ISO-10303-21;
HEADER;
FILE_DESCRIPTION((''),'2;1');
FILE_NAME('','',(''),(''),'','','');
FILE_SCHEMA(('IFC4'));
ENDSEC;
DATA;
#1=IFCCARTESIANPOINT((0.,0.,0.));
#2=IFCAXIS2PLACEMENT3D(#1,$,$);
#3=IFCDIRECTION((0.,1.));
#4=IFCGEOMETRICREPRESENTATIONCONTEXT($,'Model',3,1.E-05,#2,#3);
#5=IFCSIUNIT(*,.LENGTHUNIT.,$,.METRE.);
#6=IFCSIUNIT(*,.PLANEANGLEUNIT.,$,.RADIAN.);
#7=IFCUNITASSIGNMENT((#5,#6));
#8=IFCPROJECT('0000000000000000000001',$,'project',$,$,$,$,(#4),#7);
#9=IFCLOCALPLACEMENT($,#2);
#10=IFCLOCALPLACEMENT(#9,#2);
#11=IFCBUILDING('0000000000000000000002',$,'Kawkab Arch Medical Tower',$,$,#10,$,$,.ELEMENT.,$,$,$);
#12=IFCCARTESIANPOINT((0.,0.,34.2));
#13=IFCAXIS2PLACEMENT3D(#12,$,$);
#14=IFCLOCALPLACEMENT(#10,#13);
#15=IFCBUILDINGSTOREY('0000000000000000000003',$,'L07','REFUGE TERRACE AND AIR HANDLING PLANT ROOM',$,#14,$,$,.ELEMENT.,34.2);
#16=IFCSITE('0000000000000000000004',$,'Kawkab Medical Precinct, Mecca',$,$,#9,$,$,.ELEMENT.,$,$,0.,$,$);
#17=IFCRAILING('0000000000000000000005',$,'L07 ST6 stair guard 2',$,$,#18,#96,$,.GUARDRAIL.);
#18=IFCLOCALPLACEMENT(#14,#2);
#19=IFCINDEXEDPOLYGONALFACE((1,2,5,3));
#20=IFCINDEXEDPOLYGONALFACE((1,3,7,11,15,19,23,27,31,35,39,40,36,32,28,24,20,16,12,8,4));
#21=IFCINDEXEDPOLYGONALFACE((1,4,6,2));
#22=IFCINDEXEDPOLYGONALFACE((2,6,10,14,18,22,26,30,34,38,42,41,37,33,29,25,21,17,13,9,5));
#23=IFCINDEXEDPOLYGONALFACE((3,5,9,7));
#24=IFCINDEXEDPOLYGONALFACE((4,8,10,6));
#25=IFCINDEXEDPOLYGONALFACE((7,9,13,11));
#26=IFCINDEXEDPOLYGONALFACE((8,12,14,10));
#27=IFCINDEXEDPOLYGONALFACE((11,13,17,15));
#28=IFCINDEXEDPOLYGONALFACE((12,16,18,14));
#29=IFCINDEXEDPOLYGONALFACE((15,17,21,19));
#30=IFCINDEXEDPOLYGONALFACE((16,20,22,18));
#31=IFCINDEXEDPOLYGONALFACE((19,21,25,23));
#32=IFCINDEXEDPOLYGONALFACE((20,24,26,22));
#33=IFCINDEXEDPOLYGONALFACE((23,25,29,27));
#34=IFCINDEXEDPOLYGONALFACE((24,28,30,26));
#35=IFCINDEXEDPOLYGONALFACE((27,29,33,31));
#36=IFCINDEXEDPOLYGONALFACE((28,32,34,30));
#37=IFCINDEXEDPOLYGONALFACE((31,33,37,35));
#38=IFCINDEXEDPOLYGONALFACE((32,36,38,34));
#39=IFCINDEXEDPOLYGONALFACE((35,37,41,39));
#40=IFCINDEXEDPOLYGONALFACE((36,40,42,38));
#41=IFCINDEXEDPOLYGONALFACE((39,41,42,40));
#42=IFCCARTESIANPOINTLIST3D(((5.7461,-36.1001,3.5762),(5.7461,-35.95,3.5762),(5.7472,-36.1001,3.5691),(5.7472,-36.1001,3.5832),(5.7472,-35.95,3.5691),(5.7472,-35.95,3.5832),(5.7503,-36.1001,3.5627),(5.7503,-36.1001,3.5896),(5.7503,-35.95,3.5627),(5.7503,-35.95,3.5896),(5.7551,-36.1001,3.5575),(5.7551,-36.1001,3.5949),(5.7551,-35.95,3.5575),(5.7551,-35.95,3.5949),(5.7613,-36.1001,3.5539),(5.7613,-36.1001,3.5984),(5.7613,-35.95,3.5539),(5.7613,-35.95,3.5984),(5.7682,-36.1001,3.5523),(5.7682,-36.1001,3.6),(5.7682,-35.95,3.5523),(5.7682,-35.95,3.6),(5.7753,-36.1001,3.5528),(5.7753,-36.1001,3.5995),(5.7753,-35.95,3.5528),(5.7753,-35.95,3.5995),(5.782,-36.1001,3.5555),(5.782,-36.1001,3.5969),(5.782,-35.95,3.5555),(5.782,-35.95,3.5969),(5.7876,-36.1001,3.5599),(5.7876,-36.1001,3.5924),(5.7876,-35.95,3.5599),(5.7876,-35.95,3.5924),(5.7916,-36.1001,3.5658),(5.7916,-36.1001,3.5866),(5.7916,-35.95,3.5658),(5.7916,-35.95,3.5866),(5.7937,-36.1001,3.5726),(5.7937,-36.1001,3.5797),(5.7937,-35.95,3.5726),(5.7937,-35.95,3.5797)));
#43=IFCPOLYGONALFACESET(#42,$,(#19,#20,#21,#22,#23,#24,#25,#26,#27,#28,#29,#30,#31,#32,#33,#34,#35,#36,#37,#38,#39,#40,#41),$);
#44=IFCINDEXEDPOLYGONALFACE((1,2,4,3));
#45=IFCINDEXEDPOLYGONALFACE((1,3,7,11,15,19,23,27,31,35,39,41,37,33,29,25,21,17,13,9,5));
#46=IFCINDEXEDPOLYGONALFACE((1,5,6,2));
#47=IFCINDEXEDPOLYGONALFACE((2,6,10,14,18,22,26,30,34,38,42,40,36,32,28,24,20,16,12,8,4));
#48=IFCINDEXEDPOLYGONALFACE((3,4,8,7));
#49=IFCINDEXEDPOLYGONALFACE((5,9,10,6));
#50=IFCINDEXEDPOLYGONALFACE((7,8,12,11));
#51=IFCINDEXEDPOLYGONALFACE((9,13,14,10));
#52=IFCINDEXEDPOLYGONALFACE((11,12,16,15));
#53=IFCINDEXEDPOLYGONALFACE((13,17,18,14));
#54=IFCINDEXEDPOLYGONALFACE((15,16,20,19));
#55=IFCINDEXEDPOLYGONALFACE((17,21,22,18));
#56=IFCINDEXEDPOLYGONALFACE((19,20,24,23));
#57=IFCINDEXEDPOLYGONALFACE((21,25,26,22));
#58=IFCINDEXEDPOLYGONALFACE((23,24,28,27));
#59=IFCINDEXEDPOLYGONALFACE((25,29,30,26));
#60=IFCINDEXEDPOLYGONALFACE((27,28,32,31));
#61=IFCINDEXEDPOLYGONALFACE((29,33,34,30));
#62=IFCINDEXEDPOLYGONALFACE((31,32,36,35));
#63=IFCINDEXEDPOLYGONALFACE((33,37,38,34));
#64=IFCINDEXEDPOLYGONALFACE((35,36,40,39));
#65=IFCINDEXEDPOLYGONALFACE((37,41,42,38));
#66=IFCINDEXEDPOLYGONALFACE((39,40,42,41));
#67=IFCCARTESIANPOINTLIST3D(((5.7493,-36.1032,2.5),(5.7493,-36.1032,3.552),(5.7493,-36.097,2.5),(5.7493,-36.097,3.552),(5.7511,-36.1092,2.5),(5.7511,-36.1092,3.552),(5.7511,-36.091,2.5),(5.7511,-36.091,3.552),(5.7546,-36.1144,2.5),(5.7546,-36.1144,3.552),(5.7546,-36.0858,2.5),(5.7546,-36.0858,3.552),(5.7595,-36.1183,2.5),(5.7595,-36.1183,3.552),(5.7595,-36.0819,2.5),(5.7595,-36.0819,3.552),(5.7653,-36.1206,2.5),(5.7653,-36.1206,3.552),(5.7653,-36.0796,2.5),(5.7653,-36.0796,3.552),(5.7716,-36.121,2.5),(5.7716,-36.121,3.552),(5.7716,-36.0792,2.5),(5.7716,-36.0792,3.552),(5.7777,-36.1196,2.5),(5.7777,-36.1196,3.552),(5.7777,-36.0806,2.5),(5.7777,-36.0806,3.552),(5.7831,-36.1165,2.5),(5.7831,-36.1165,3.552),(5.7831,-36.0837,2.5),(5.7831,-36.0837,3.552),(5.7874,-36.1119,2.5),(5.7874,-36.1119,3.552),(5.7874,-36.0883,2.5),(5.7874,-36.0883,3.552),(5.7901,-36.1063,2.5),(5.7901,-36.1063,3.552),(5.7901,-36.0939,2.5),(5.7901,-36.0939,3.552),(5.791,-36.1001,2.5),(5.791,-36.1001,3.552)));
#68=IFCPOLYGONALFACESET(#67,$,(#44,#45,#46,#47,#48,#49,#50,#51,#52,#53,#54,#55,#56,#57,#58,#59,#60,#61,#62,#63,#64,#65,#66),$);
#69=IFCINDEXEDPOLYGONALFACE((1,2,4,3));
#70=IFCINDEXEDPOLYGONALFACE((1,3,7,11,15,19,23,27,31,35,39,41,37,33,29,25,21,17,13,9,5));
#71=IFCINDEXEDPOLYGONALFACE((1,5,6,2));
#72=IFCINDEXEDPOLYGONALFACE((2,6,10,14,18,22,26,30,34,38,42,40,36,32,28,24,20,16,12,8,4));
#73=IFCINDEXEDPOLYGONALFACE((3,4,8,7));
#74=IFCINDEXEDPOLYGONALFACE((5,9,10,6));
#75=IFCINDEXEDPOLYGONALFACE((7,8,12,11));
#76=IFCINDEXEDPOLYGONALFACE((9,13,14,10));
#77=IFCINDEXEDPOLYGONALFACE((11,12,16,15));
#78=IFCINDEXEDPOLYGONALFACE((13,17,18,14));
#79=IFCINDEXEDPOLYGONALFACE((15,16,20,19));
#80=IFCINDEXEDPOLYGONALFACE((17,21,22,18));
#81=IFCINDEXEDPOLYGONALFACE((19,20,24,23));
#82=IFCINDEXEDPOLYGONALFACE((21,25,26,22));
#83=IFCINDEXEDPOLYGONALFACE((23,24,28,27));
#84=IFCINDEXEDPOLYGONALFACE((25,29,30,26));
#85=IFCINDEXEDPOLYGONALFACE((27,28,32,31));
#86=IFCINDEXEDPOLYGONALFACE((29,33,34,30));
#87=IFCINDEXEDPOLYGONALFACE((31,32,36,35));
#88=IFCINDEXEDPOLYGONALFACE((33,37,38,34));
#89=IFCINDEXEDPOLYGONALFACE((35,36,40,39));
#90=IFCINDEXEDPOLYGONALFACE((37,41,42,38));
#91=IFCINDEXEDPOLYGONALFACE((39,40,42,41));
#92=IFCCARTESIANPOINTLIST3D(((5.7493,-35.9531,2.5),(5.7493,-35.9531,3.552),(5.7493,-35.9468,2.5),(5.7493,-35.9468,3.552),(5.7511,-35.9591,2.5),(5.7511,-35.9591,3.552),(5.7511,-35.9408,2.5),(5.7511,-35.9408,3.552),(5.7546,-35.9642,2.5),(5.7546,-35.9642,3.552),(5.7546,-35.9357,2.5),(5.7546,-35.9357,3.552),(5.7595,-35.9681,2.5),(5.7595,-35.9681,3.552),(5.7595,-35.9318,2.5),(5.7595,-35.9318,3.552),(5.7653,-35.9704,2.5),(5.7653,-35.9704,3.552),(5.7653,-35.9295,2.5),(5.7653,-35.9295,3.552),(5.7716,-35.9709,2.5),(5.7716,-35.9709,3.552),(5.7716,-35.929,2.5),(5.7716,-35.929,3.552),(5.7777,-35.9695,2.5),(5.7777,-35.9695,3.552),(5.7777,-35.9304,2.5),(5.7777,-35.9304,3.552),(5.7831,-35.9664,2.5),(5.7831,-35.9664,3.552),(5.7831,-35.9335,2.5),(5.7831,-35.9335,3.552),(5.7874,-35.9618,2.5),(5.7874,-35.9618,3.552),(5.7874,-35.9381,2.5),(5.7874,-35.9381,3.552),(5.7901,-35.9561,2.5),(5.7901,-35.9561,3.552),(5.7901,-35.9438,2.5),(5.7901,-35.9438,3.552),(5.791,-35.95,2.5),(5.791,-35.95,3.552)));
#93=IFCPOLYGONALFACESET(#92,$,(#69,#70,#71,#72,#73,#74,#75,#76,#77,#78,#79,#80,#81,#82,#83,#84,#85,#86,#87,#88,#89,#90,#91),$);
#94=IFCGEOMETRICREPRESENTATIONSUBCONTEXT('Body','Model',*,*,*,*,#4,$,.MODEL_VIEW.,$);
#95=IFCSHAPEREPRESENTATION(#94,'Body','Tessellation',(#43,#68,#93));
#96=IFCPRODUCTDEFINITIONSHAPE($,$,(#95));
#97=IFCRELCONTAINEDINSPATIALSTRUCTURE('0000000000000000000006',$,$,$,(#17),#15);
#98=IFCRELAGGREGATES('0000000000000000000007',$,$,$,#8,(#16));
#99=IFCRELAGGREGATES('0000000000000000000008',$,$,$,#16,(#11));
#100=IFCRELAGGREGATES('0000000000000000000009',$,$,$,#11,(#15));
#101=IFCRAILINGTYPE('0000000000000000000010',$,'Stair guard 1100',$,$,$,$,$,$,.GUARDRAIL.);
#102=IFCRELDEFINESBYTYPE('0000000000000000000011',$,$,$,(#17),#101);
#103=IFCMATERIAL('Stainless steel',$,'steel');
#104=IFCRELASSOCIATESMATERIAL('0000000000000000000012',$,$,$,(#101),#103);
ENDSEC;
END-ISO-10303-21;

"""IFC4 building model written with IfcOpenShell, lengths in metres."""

from ifc_helpers import new_model, si_unit, direction, frame, origin, origin_2d, place, context, subcontext, project, spatial, circle, extrude, material, type_object, element, save


model = new_model("IFC4")

# Units and contexts
model_context = context("Model", 3, precision=1e-05, world=origin(), true_north=direction((0.0, 1.0)))
body_context = subcontext(model_context, "Body", "Model", "MODEL_VIEW")
ifc_project = project(units=[si_unit("LENGTHUNIT", "METRE"), si_unit("PLANEANGLEUNIT", "RADIAN")], contexts=[model_context])

# Site, building, storey
site_placement = place(None, origin())
site = spatial("IfcSite", under=ifc_project, at=site_placement, Name="Kawkab Medical Precinct, Mecca", CompositionType="ELEMENT", RefElevation=0.0)
building_placement = place(site_placement, origin())
building = spatial("IfcBuilding", under=site, at=building_placement, Name="Kawkab Arch Medical Tower", CompositionType="ELEMENT")
storey_placement = place(building_placement, frame((0.0, 0.0, 34.2)))
storey = spatial("IfcBuildingStorey", under=building, at=storey_placement, Name="L07", Description="REFUGE TERRACE AND AIR HANDLING PLANT ROOM", CompositionType="ELEMENT", Elevation=34.2)

# Railing
ifc_material_1 = material(Name="Stainless steel", Category="steel")
railing_type = type_object("IfcRailingType", Name="Stair guard 1100", PredefinedType="GUARDRAIL", material=ifc_material_1)
railing_1_placement = place(storey_placement, frame((5.77, -36.1001, 2.5)))
element("IfcRailing", 1, at=railing_1_placement, inside=storey, type_object=railing_type, Name="L07 ST6 stair guard 2", PredefinedType="GUARDRAIL", context=body_context, shape_type="SweptSolid", body=[
    extrude(circle(Radius=0.0239, at=origin_2d()), frame((0.0, 0.0, 1.0762), z_axis=(0.0, 1.0, 0.0), x_axis=(-1.0, 0.0, 0.0)), (0.0, 0.0, 1.0), 0.1501),
    extrude(circle(Radius=0.021, at=origin_2d()), origin(), (0.0, 0.0, 1.0), 1.052),
    extrude(circle(Radius=0.021, at=origin_2d()), frame((0.0, 0.1501, 0.0)), (0.0, 0.0, 1.0), 1.052),
])

save(model, "model.ifc")
